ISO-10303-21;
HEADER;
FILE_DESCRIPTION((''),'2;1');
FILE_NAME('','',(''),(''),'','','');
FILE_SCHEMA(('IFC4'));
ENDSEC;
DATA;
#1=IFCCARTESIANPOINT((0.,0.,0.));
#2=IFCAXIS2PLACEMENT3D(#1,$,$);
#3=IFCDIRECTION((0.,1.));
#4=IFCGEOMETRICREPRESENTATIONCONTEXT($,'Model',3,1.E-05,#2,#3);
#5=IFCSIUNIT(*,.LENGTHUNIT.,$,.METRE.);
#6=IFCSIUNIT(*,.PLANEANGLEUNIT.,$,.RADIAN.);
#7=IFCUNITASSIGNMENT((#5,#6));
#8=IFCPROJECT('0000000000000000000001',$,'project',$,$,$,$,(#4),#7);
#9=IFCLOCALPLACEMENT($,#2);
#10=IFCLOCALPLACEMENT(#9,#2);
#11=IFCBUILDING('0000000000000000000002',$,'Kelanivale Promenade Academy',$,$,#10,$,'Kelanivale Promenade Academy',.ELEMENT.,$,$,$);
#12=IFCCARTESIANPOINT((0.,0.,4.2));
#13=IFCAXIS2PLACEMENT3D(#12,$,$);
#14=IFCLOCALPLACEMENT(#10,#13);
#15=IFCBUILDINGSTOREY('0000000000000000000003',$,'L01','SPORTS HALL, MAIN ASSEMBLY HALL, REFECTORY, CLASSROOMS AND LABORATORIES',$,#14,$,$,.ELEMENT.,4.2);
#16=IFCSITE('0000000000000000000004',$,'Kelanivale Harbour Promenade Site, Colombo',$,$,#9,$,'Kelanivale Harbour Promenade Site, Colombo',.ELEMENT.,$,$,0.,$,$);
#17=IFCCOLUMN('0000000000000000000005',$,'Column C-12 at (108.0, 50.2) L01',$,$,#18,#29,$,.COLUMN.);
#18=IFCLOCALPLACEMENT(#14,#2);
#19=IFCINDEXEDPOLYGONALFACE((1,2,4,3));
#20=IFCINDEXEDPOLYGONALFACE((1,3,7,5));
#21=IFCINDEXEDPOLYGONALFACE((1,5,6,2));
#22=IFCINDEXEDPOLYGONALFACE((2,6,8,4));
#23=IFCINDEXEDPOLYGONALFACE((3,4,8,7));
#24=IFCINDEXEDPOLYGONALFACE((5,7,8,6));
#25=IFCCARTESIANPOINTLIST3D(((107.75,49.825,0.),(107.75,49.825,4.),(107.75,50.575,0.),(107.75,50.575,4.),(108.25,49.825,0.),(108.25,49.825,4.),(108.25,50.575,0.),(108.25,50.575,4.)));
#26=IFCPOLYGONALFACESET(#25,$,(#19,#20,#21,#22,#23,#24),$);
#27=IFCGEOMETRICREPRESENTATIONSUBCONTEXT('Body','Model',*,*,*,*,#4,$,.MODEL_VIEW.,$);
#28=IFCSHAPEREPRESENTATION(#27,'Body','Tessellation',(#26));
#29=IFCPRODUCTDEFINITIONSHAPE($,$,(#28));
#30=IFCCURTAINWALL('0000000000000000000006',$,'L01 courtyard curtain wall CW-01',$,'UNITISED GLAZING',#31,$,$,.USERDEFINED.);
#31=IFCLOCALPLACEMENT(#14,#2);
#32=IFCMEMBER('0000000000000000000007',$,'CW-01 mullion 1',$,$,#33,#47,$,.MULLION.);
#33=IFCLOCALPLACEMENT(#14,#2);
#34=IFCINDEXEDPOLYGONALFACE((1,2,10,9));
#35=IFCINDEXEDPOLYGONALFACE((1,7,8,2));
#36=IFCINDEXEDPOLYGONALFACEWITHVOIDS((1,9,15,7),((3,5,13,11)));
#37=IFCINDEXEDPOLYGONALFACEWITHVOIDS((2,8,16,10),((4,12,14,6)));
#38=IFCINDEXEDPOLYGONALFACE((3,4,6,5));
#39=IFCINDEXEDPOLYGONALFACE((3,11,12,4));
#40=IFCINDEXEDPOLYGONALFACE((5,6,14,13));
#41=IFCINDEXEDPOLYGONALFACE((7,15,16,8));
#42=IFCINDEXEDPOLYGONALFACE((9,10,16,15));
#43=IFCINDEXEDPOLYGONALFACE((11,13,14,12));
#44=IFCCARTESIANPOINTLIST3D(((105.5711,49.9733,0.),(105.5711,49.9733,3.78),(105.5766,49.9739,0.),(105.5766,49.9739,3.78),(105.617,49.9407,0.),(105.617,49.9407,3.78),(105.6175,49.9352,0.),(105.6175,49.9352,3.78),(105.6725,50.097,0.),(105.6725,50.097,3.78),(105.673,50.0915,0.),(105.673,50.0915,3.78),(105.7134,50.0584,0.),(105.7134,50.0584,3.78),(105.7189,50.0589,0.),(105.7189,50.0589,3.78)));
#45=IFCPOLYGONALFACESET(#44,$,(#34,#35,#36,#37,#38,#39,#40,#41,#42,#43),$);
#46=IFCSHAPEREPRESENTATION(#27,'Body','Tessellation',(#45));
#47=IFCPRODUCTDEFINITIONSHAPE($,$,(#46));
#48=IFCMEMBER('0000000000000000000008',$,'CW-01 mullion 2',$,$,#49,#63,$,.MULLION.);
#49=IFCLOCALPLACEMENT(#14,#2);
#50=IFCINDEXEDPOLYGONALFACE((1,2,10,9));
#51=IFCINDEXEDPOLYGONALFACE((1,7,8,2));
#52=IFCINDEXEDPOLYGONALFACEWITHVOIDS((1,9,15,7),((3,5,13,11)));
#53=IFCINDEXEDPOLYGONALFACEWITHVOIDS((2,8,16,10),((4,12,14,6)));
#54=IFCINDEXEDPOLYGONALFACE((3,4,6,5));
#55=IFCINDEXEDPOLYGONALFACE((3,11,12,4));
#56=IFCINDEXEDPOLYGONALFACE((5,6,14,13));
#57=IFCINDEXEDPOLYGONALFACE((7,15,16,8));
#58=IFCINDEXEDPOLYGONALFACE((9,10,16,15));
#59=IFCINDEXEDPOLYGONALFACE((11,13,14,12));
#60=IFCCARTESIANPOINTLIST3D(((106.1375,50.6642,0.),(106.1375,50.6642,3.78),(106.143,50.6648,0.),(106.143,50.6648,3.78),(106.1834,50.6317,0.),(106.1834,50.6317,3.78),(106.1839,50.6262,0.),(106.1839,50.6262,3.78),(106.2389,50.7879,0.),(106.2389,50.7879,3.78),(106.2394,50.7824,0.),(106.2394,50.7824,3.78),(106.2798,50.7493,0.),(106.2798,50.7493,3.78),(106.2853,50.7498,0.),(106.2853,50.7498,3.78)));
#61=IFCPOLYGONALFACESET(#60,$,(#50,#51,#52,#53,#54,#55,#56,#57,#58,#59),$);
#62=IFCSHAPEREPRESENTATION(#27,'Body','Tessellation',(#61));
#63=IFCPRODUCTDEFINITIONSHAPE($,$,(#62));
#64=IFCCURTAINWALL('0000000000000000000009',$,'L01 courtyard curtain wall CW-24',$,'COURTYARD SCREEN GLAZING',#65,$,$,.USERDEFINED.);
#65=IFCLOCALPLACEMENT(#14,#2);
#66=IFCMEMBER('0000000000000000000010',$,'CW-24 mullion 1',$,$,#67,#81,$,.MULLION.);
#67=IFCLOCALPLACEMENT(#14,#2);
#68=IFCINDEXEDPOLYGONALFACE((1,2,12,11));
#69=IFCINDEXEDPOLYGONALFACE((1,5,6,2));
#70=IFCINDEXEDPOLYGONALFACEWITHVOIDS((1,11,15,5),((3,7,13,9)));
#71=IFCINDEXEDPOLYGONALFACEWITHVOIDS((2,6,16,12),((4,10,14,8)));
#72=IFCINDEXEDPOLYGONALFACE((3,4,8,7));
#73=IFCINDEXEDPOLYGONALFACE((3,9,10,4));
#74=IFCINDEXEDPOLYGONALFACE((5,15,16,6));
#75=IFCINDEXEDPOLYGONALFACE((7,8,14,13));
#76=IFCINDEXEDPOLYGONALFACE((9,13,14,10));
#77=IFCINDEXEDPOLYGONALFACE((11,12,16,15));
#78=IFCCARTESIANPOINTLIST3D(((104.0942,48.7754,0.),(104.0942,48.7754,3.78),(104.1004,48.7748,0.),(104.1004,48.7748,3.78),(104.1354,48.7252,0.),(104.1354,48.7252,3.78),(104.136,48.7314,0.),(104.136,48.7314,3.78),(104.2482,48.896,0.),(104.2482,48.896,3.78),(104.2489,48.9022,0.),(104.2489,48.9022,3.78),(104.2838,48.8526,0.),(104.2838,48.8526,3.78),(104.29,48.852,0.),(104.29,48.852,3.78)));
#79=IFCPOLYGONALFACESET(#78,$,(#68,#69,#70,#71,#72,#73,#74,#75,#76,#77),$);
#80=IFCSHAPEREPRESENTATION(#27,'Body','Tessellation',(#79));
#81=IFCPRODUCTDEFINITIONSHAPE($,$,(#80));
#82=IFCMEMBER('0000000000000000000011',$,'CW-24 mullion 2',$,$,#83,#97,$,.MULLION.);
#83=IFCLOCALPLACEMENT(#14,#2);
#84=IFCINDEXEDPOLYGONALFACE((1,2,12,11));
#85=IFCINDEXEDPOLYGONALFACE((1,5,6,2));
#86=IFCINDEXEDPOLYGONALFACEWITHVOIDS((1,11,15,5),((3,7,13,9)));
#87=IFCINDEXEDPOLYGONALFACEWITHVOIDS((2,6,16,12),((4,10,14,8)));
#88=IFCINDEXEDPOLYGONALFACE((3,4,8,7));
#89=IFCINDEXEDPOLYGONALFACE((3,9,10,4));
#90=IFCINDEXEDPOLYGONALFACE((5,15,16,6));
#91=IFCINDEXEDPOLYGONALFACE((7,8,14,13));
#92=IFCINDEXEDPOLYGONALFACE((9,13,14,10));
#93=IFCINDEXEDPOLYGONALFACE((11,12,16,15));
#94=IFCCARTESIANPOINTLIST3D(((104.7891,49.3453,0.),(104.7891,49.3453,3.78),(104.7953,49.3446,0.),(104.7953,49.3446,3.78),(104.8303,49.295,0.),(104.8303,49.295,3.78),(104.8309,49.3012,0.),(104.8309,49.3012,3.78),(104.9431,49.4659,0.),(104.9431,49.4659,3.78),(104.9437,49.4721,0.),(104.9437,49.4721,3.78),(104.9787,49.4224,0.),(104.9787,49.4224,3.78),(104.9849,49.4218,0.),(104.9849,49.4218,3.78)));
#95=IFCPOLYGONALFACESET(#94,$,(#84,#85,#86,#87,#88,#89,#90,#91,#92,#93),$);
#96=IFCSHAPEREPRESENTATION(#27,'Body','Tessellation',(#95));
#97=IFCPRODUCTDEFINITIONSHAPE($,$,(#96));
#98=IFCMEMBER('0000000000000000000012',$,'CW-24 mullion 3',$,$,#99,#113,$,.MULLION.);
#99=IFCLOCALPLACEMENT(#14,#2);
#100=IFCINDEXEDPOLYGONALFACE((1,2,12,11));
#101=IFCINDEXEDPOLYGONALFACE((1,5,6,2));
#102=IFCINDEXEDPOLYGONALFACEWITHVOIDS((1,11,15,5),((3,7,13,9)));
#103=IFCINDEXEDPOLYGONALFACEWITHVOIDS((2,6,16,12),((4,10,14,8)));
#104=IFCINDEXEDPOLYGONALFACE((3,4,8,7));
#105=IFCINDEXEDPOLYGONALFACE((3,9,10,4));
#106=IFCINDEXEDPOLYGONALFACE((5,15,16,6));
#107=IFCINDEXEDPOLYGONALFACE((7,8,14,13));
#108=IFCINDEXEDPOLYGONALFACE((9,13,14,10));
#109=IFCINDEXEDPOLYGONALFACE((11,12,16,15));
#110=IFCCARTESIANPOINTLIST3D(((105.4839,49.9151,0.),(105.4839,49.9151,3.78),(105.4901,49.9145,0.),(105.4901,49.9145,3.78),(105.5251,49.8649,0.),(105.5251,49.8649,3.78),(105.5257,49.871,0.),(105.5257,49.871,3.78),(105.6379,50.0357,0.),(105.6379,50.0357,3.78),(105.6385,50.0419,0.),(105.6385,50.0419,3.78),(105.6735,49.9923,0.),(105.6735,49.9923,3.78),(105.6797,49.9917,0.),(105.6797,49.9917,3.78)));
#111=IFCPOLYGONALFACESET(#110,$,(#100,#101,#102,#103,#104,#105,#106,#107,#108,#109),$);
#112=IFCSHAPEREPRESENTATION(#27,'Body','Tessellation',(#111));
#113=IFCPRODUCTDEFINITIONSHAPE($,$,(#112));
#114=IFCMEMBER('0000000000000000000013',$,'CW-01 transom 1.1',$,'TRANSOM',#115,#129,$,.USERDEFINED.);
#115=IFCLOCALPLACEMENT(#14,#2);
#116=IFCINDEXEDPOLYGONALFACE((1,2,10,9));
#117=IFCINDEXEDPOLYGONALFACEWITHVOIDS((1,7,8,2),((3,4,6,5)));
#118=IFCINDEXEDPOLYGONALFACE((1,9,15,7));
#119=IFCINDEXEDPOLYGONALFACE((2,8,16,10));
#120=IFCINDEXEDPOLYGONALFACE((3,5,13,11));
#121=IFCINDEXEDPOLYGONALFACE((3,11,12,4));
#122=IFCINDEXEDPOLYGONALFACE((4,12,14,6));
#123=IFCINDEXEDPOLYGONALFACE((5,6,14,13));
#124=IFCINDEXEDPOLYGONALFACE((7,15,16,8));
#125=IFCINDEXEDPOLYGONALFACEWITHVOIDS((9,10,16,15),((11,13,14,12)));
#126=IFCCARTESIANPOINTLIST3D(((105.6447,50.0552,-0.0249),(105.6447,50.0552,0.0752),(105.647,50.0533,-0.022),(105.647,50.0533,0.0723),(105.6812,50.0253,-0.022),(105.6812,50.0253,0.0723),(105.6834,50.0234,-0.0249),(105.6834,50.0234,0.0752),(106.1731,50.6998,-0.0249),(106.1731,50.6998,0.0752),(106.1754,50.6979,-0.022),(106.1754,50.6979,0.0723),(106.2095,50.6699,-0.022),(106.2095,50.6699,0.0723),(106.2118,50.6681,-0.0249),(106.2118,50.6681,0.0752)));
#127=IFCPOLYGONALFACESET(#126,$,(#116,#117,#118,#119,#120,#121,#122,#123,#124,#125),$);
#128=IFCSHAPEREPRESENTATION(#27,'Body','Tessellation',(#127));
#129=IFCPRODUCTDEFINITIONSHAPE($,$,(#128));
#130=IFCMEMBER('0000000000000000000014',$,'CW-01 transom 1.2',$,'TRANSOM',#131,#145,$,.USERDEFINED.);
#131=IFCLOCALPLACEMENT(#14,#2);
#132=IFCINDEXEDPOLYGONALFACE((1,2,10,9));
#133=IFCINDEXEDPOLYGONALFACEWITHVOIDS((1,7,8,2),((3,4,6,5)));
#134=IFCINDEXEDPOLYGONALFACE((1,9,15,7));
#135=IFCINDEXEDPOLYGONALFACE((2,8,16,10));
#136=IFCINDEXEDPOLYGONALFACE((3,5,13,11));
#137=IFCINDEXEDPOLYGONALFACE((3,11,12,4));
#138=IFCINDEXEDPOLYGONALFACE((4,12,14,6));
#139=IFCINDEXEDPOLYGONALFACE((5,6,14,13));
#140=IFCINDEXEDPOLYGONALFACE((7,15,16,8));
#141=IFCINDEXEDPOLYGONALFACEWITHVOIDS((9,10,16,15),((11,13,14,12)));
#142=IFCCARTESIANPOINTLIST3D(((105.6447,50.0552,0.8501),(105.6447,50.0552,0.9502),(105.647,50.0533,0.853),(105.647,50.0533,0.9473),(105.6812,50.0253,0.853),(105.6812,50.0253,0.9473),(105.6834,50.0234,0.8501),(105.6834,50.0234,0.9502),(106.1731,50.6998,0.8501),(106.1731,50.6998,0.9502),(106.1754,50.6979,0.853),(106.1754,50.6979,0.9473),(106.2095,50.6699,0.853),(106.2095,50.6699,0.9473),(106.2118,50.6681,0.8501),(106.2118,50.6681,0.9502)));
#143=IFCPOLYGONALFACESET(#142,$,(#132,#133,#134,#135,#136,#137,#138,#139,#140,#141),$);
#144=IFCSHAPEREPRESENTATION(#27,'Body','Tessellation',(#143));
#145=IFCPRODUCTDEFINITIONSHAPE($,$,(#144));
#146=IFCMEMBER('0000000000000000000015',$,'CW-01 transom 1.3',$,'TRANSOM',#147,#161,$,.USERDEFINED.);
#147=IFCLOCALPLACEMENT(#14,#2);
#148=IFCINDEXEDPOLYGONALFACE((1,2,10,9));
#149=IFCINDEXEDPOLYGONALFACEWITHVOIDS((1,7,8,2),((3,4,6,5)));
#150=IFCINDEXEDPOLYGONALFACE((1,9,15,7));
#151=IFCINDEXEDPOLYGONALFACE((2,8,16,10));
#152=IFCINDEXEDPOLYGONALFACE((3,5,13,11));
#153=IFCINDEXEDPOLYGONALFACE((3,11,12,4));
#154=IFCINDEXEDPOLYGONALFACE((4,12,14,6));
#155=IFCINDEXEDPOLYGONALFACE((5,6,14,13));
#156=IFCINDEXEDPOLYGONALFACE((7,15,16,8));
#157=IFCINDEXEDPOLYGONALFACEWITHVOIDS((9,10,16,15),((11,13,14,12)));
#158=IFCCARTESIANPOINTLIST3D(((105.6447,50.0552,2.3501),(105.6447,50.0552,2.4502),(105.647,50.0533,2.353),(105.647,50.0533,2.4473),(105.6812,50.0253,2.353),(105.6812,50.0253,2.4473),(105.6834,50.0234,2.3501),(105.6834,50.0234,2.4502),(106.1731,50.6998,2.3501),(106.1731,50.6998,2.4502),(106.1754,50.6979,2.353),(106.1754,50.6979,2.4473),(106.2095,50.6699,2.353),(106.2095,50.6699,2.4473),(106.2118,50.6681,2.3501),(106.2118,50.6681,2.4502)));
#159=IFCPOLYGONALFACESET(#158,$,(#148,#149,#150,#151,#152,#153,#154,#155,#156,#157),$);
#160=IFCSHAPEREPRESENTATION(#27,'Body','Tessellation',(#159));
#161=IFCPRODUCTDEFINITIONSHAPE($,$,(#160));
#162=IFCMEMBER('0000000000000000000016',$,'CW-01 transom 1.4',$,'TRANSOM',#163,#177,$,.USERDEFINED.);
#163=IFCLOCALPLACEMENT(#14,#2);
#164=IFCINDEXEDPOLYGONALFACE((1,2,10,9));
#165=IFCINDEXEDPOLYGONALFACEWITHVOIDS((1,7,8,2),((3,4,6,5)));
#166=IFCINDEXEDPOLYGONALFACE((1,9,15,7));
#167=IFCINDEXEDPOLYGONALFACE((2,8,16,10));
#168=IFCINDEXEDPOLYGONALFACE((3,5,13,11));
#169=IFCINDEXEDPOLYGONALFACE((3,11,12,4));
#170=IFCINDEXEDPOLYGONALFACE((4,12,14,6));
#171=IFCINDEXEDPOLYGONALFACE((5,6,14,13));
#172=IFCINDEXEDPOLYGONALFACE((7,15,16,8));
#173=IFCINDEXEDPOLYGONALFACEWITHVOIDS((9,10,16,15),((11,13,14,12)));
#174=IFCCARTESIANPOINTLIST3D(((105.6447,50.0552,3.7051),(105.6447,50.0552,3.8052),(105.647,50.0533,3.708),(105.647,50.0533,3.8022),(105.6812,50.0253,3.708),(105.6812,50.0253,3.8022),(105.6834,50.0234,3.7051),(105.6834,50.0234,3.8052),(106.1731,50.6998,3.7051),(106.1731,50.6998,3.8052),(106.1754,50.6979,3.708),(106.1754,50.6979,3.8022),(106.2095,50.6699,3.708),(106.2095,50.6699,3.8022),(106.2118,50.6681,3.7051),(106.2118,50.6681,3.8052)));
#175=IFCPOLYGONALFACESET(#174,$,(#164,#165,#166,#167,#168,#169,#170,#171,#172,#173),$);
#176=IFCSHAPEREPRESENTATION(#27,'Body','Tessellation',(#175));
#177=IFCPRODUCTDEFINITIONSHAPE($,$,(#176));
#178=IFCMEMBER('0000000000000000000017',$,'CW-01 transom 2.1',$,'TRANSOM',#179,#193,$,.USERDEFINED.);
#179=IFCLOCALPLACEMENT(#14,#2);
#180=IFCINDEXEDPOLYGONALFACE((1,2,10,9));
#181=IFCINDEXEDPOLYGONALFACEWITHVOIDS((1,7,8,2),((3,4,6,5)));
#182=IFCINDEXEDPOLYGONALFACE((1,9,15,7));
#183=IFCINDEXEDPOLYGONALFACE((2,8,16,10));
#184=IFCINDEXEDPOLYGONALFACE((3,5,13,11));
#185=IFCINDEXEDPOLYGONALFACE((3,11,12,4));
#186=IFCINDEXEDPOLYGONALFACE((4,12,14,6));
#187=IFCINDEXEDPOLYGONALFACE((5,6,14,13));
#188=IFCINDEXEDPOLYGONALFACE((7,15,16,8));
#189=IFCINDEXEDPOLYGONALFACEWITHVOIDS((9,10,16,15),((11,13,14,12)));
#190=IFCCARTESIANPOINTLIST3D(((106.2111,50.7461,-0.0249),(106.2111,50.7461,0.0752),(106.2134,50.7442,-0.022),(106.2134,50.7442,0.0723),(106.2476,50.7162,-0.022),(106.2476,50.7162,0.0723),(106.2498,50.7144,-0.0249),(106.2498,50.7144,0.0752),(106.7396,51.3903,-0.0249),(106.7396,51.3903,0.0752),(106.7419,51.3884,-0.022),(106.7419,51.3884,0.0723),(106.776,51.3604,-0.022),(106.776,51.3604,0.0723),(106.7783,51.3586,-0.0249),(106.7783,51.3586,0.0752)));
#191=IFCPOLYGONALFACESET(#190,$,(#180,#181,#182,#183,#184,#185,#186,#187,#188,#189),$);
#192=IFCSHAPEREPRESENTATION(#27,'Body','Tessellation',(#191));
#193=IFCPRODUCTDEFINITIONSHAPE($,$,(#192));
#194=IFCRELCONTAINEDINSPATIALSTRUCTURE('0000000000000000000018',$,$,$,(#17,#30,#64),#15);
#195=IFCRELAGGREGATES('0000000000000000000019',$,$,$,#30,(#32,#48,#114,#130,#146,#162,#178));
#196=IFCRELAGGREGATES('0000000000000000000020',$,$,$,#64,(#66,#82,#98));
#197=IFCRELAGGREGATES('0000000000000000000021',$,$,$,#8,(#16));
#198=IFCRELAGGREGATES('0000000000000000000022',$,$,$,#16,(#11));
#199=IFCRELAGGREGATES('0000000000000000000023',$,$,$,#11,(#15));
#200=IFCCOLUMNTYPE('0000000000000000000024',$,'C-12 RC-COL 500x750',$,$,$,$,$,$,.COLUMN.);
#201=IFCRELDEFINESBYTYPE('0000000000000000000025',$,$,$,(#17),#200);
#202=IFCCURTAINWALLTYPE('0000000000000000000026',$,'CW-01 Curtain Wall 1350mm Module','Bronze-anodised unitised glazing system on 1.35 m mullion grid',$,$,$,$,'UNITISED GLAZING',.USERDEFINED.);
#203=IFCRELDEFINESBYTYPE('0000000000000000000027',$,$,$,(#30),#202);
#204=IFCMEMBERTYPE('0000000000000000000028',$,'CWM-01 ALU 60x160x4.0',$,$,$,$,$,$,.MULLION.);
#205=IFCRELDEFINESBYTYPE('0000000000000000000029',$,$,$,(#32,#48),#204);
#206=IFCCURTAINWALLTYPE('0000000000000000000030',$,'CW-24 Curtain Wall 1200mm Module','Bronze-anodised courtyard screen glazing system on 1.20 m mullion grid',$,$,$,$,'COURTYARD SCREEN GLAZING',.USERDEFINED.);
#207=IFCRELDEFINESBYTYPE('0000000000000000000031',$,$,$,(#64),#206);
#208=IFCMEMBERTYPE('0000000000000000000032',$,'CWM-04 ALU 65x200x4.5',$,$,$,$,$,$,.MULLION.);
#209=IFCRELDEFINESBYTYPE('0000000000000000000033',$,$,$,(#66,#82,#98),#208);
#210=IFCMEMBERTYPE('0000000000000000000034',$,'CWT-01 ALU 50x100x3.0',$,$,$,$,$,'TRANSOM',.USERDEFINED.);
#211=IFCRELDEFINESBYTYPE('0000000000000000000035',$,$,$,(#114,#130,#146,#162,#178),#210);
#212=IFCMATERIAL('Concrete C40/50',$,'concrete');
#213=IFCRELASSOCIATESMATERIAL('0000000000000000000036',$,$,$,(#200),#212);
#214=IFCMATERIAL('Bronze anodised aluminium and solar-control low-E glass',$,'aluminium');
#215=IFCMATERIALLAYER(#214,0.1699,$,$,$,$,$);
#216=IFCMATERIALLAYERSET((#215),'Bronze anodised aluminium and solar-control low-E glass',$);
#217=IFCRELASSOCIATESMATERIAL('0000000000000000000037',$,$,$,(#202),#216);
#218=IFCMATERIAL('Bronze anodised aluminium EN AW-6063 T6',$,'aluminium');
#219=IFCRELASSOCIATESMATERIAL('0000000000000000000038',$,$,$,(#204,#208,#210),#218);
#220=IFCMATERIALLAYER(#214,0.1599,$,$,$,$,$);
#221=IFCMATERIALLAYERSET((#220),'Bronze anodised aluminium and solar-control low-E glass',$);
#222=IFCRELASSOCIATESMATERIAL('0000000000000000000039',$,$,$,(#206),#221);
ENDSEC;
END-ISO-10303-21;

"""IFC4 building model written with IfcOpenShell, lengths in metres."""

from ifc_helpers import new_model, si_unit, direction, frame, origin, origin_2d, place, context, subcontext, project, spatial, rectangle, hollow_rectangle, extrude, material, layer, layer_set, material_profile, profile_set, type_object, element, aggregate, save


model = new_model("IFC4")

# Units and contexts
model_context = context("Model", 3, precision=1e-05, world=origin(), true_north=direction((0.0, 1.0)))
body_context = subcontext(model_context, "Body", "Model", "MODEL_VIEW")
ifc_project = project(units=[si_unit("LENGTHUNIT", "METRE"), si_unit("PLANEANGLEUNIT", "RADIAN")], contexts=[model_context])

# Site, building, storey
site_placement = place(None, origin())
site = spatial("IfcSite", under=ifc_project, at=site_placement, Name="Kelanivale Harbour Promenade Site, Colombo", LongName="Kelanivale Harbour Promenade Site, Colombo", CompositionType="ELEMENT", RefElevation=0.0)
building_placement = place(site_placement, origin())
building = spatial("IfcBuilding", under=site, at=building_placement, Name="Kelanivale Promenade Academy", LongName="Kelanivale Promenade Academy", CompositionType="ELEMENT")
storey_placement = place(building_placement, frame((0.0, 0.0, 4.2)))
storey = spatial("IfcBuildingStorey", under=building, at=storey_placement, Name="L01", Description="SPORTS HALL, MAIN ASSEMBLY HALL, REFECTORY, CLASSROOMS AND LABORATORIES", CompositionType="ELEMENT", Elevation=4.2)

# Column
ifc_material_1 = material(Name="Concrete C40/50", Category="concrete")
ifc_material_profile_1 = material_profile(ifc_material_1, rectangle(XDim=0.5, YDim=0.75, at=origin_2d()), Name="RC-COL 500x750")
ifc_profile_set_1 = profile_set([ifc_material_profile_1], Name="Concrete C40/50")
column_type = type_object("IfcColumnType", Name="C-12 RC-COL 500x750", PredefinedType="COLUMN", material=ifc_profile_set_1)
column_placement = place(storey_placement, frame((108.0, 50.2, 0.0), z_axis=(0.0, 0.0, 1.0), x_axis=(1.0, 0.0, 0.0)))
element("IfcColumn", 1, at=column_placement, inside=storey, type_object=column_type, Name="Column C-12 at (108.0, 50.2) L01", PredefinedType="COLUMN", context=body_context, shape_type="SweptSolid", body=[
    extrude(rectangle(XDim=0.5, YDim=0.75, at=origin_2d()), origin(), (0.0, 0.0, 1.0), 4.0),
])

# Curtain walls, members
ifc_material_2 = material(Name="Bronze anodised aluminium and solar-control low-E glass", Category="aluminium")
ifc_layer_1 = layer(ifc_material_2, 0.1699)
ifc_layer_set_1 = layer_set([ifc_layer_1], Name="Bronze anodised aluminium and solar-control low-E glass")
curtain_wall_type_1 = type_object("IfcCurtainWallType", Name="CW-01 Curtain Wall 1350mm Module", Description="Bronze-anodised unitised glazing system on 1.35 m mullion grid", ElementType="UNITISED GLAZING", PredefinedType="USERDEFINED", material=ifc_layer_set_1)
curtain_wall_1_placement = place(storey_placement, origin())
curtain_wall_1 = element("IfcCurtainWall", 2, at=curtain_wall_1_placement, inside=storey, type_object=curtain_wall_type_1, Name="L01 courtyard curtain wall CW-01", ObjectType="UNITISED GLAZING", PredefinedType="USERDEFINED")
ifc_material_3 = material(Name="Bronze anodised aluminium EN AW-6063 T6", Category="aluminium")
ifc_material_profile_2 = material_profile(ifc_material_3, hollow_rectangle(XDim=0.0601, YDim=0.1599, WallThickness=0.0039, at=origin_2d()), Name="ALU 60x160x4.0")
ifc_profile_set_2 = profile_set([ifc_material_profile_2], Name="Bronze anodised aluminium EN AW-6063 T6")
member_type_1 = type_object("IfcMemberType", Name="CWM-01 ALU 60x160x4.0", PredefinedType="MULLION", material=ifc_profile_set_2)
member_1_placement = place(storey_placement, frame((105.645, 50.0161, 0.0), z_axis=(0.0, 0.0, 1.0), x_axis=(-0.773257, 0.634093, 0.0)))
member_1 = element("IfcMember", 3, at=member_1_placement, type_object=member_type_1, Name="CW-01 mullion 1", PredefinedType="MULLION", context=body_context, shape_type="SweptSolid", body=[
    extrude(hollow_rectangle(XDim=0.0601, YDim=0.1599, WallThickness=0.0039, at=origin_2d()), origin(), (0.0, 0.0, 1.0), 3.78),
])
member_2_placement = place(storey_placement, frame((106.2114, 50.707, 0.0), z_axis=(0.0, 0.0, 1.0), x_axis=(-0.773257, 0.634093, 0.0)))
member_2 = element("IfcMember", 4, at=member_2_placement, type_object=member_type_1, Name="CW-01 mullion 2", PredefinedType="MULLION", context=body_context, shape_type="SweptSolid", body=[
    extrude(hollow_rectangle(XDim=0.0601, YDim=0.1599, WallThickness=0.0039, at=origin_2d()), origin(), (0.0, 0.0, 1.0), 3.78),
])
ifc_layer_2 = layer(ifc_material_2, 0.1599)
ifc_layer_set_2 = layer_set([ifc_layer_2], Name="Bronze anodised aluminium and solar-control low-E glass")
curtain_wall_type_2 = type_object("IfcCurtainWallType", Name="CW-24 Curtain Wall 1200mm Module", Description="Bronze-anodised courtyard screen glazing system on 1.20 m mullion grid", ElementType="COURTYARD SCREEN GLAZING", PredefinedType="USERDEFINED", material=ifc_layer_set_2)
curtain_wall_2_placement = place(storey_placement, origin())
curtain_wall_2 = element("IfcCurtainWall", 5, at=curtain_wall_2_placement, inside=storey, type_object=curtain_wall_type_2, Name="L01 courtyard curtain wall CW-24", ObjectType="COURTYARD SCREEN GLAZING", PredefinedType="USERDEFINED")
ifc_material_profile_3 = material_profile(ifc_material_3, hollow_rectangle(XDim=0.0649, YDim=0.2, WallThickness=0.0044, at=origin_2d()), Name="ALU 65x200x4.5")
ifc_profile_set_3 = profile_set([ifc_material_profile_3], Name="Bronze anodised aluminium EN AW-6063 T6")
member_type_2 = type_object("IfcMemberType", Name="CWM-04 ALU 65x200x4.5", PredefinedType="MULLION", material=ifc_profile_set_3)
member_3_placement = place(storey_placement, frame((104.1921, 48.8137, 0.0), z_axis=(0.0, 0.0, 1.0), x_axis=(-0.634144, 0.773215, 0.0)))
member_3 = element("IfcMember", 6, at=member_3_placement, type_object=member_type_2, Name="CW-24 mullion 1", PredefinedType="MULLION", context=body_context, shape_type="SweptSolid", body=[
    extrude(hollow_rectangle(XDim=0.0649, YDim=0.2, WallThickness=0.0044, at=origin_2d()), origin(), (0.0, 0.0, 1.0), 3.78),
])
member_4_placement = place(storey_placement, frame((104.887, 49.3835, 0.0), z_axis=(0.0, 0.0, 1.0), x_axis=(-0.634144, 0.773215, 0.0)))
member_4 = element("IfcMember", 7, at=member_4_placement, type_object=member_type_2, Name="CW-24 mullion 2", PredefinedType="MULLION", context=body_context, shape_type="SweptSolid", body=[
    extrude(hollow_rectangle(XDim=0.0649, YDim=0.2, WallThickness=0.0044, at=origin_2d()), origin(), (0.0, 0.0, 1.0), 3.78),
])
member_5_placement = place(storey_placement, frame((105.5818, 49.9534, 0.0), z_axis=(0.0, 0.0, 1.0), x_axis=(-0.634144, 0.773215, 0.0)))
member_5 = element("IfcMember", 8, at=member_5_placement, type_object=member_type_2, Name="CW-24 mullion 3", PredefinedType="MULLION", context=body_context, shape_type="SweptSolid", body=[
    extrude(hollow_rectangle(XDim=0.0649, YDim=0.2, WallThickness=0.0044, at=origin_2d()), origin(), (0.0, 0.0, 1.0), 3.78),
])

# Members
ifc_material_profile_4 = material_profile(ifc_material_3, hollow_rectangle(XDim=0.05, YDim=0.1001, WallThickness=0.0029, at=origin_2d()), Name="ALU 50x100x3.0")
ifc_profile_set_4 = profile_set([ifc_material_profile_4], Name="Bronze anodised aluminium EN AW-6063 T6")
member_type_3 = type_object("IfcMemberType", Name="CWT-01 ALU 50x100x3.0", ElementType="TRANSOM", PredefinedType="USERDEFINED", material=ifc_profile_set_4)
member_6_placement = place(storey_placement, frame((105.6641, 50.0393, 0.0251), z_axis=(0.633939, 0.773383, 0.0), x_axis=(-0.773383, 0.633939, 0.0)))
member_6 = element("IfcMember", 9, at=member_6_placement, type_object=member_type_3, Name="CW-01 transom 1.1", ObjectType="TRANSOM", PredefinedType="USERDEFINED", context=body_context, shape_type="SweptSolid", body=[
    extrude(hollow_rectangle(XDim=0.05, YDim=0.1001, WallThickness=0.0029, at=origin_2d()), origin(), (0.0, 0.0, 1.0), 0.8335),
])
member_7_placement = place(storey_placement, frame((105.6641, 50.0393, 0.9001), z_axis=(0.633939, 0.773383, 0.0), x_axis=(-0.773383, 0.633939, 0.0)))
member_7 = element("IfcMember", 10, at=member_7_placement, type_object=member_type_3, Name="CW-01 transom 1.2", ObjectType="TRANSOM", PredefinedType="USERDEFINED", context=body_context, shape_type="SweptSolid", body=[
    extrude(hollow_rectangle(XDim=0.05, YDim=0.1001, WallThickness=0.0029, at=origin_2d()), origin(), (0.0, 0.0, 1.0), 0.8335),
])
member_8_placement = place(storey_placement, frame((105.6641, 50.0393, 2.4001), z_axis=(0.633939, 0.773383, 0.0), x_axis=(-0.773383, 0.633939, 0.0)))
member_8 = element("IfcMember", 11, at=member_8_placement, type_object=member_type_3, Name="CW-01 transom 1.3", ObjectType="TRANSOM", PredefinedType="USERDEFINED", context=body_context, shape_type="SweptSolid", body=[
    extrude(hollow_rectangle(XDim=0.05, YDim=0.1001, WallThickness=0.0029, at=origin_2d()), origin(), (0.0, 0.0, 1.0), 0.8335),
])
member_9_placement = place(storey_placement, frame((105.6641, 50.0393, 3.7551), z_axis=(0.633939, 0.773383, 0.0), x_axis=(-0.773383, 0.633939, 0.0)))
member_9 = element("IfcMember", 12, at=member_9_placement, type_object=member_type_3, Name="CW-01 transom 1.4", ObjectType="TRANSOM", PredefinedType="USERDEFINED", context=body_context, shape_type="SweptSolid", body=[
    extrude(hollow_rectangle(XDim=0.05, YDim=0.1001, WallThickness=0.0029, at=origin_2d()), origin(), (0.0, 0.0, 1.0), 0.8335),
])
member_10_placement = place(storey_placement, frame((106.2305, 50.7302, 0.0251), z_axis=(0.634258, 0.773121, 0.0), x_axis=(-0.773121, 0.634258, 0.0)))
member_10 = element("IfcMember", 13, at=member_10_placement, type_object=member_type_3, Name="CW-01 transom 2.1", ObjectType="TRANSOM", PredefinedType="USERDEFINED", context=body_context, shape_type="SweptSolid", body=[
    extrude(hollow_rectangle(XDim=0.05, YDim=0.1001, WallThickness=0.0029, at=origin_2d()), origin(), (0.0, 0.0, 1.0), 0.8333),
])

aggregate(curtain_wall_1, [member_1, member_2, member_6, member_7, member_8, member_9, member_10])
aggregate(curtain_wall_2, [member_3, member_4, member_5])

save(model, "model.ifc")
